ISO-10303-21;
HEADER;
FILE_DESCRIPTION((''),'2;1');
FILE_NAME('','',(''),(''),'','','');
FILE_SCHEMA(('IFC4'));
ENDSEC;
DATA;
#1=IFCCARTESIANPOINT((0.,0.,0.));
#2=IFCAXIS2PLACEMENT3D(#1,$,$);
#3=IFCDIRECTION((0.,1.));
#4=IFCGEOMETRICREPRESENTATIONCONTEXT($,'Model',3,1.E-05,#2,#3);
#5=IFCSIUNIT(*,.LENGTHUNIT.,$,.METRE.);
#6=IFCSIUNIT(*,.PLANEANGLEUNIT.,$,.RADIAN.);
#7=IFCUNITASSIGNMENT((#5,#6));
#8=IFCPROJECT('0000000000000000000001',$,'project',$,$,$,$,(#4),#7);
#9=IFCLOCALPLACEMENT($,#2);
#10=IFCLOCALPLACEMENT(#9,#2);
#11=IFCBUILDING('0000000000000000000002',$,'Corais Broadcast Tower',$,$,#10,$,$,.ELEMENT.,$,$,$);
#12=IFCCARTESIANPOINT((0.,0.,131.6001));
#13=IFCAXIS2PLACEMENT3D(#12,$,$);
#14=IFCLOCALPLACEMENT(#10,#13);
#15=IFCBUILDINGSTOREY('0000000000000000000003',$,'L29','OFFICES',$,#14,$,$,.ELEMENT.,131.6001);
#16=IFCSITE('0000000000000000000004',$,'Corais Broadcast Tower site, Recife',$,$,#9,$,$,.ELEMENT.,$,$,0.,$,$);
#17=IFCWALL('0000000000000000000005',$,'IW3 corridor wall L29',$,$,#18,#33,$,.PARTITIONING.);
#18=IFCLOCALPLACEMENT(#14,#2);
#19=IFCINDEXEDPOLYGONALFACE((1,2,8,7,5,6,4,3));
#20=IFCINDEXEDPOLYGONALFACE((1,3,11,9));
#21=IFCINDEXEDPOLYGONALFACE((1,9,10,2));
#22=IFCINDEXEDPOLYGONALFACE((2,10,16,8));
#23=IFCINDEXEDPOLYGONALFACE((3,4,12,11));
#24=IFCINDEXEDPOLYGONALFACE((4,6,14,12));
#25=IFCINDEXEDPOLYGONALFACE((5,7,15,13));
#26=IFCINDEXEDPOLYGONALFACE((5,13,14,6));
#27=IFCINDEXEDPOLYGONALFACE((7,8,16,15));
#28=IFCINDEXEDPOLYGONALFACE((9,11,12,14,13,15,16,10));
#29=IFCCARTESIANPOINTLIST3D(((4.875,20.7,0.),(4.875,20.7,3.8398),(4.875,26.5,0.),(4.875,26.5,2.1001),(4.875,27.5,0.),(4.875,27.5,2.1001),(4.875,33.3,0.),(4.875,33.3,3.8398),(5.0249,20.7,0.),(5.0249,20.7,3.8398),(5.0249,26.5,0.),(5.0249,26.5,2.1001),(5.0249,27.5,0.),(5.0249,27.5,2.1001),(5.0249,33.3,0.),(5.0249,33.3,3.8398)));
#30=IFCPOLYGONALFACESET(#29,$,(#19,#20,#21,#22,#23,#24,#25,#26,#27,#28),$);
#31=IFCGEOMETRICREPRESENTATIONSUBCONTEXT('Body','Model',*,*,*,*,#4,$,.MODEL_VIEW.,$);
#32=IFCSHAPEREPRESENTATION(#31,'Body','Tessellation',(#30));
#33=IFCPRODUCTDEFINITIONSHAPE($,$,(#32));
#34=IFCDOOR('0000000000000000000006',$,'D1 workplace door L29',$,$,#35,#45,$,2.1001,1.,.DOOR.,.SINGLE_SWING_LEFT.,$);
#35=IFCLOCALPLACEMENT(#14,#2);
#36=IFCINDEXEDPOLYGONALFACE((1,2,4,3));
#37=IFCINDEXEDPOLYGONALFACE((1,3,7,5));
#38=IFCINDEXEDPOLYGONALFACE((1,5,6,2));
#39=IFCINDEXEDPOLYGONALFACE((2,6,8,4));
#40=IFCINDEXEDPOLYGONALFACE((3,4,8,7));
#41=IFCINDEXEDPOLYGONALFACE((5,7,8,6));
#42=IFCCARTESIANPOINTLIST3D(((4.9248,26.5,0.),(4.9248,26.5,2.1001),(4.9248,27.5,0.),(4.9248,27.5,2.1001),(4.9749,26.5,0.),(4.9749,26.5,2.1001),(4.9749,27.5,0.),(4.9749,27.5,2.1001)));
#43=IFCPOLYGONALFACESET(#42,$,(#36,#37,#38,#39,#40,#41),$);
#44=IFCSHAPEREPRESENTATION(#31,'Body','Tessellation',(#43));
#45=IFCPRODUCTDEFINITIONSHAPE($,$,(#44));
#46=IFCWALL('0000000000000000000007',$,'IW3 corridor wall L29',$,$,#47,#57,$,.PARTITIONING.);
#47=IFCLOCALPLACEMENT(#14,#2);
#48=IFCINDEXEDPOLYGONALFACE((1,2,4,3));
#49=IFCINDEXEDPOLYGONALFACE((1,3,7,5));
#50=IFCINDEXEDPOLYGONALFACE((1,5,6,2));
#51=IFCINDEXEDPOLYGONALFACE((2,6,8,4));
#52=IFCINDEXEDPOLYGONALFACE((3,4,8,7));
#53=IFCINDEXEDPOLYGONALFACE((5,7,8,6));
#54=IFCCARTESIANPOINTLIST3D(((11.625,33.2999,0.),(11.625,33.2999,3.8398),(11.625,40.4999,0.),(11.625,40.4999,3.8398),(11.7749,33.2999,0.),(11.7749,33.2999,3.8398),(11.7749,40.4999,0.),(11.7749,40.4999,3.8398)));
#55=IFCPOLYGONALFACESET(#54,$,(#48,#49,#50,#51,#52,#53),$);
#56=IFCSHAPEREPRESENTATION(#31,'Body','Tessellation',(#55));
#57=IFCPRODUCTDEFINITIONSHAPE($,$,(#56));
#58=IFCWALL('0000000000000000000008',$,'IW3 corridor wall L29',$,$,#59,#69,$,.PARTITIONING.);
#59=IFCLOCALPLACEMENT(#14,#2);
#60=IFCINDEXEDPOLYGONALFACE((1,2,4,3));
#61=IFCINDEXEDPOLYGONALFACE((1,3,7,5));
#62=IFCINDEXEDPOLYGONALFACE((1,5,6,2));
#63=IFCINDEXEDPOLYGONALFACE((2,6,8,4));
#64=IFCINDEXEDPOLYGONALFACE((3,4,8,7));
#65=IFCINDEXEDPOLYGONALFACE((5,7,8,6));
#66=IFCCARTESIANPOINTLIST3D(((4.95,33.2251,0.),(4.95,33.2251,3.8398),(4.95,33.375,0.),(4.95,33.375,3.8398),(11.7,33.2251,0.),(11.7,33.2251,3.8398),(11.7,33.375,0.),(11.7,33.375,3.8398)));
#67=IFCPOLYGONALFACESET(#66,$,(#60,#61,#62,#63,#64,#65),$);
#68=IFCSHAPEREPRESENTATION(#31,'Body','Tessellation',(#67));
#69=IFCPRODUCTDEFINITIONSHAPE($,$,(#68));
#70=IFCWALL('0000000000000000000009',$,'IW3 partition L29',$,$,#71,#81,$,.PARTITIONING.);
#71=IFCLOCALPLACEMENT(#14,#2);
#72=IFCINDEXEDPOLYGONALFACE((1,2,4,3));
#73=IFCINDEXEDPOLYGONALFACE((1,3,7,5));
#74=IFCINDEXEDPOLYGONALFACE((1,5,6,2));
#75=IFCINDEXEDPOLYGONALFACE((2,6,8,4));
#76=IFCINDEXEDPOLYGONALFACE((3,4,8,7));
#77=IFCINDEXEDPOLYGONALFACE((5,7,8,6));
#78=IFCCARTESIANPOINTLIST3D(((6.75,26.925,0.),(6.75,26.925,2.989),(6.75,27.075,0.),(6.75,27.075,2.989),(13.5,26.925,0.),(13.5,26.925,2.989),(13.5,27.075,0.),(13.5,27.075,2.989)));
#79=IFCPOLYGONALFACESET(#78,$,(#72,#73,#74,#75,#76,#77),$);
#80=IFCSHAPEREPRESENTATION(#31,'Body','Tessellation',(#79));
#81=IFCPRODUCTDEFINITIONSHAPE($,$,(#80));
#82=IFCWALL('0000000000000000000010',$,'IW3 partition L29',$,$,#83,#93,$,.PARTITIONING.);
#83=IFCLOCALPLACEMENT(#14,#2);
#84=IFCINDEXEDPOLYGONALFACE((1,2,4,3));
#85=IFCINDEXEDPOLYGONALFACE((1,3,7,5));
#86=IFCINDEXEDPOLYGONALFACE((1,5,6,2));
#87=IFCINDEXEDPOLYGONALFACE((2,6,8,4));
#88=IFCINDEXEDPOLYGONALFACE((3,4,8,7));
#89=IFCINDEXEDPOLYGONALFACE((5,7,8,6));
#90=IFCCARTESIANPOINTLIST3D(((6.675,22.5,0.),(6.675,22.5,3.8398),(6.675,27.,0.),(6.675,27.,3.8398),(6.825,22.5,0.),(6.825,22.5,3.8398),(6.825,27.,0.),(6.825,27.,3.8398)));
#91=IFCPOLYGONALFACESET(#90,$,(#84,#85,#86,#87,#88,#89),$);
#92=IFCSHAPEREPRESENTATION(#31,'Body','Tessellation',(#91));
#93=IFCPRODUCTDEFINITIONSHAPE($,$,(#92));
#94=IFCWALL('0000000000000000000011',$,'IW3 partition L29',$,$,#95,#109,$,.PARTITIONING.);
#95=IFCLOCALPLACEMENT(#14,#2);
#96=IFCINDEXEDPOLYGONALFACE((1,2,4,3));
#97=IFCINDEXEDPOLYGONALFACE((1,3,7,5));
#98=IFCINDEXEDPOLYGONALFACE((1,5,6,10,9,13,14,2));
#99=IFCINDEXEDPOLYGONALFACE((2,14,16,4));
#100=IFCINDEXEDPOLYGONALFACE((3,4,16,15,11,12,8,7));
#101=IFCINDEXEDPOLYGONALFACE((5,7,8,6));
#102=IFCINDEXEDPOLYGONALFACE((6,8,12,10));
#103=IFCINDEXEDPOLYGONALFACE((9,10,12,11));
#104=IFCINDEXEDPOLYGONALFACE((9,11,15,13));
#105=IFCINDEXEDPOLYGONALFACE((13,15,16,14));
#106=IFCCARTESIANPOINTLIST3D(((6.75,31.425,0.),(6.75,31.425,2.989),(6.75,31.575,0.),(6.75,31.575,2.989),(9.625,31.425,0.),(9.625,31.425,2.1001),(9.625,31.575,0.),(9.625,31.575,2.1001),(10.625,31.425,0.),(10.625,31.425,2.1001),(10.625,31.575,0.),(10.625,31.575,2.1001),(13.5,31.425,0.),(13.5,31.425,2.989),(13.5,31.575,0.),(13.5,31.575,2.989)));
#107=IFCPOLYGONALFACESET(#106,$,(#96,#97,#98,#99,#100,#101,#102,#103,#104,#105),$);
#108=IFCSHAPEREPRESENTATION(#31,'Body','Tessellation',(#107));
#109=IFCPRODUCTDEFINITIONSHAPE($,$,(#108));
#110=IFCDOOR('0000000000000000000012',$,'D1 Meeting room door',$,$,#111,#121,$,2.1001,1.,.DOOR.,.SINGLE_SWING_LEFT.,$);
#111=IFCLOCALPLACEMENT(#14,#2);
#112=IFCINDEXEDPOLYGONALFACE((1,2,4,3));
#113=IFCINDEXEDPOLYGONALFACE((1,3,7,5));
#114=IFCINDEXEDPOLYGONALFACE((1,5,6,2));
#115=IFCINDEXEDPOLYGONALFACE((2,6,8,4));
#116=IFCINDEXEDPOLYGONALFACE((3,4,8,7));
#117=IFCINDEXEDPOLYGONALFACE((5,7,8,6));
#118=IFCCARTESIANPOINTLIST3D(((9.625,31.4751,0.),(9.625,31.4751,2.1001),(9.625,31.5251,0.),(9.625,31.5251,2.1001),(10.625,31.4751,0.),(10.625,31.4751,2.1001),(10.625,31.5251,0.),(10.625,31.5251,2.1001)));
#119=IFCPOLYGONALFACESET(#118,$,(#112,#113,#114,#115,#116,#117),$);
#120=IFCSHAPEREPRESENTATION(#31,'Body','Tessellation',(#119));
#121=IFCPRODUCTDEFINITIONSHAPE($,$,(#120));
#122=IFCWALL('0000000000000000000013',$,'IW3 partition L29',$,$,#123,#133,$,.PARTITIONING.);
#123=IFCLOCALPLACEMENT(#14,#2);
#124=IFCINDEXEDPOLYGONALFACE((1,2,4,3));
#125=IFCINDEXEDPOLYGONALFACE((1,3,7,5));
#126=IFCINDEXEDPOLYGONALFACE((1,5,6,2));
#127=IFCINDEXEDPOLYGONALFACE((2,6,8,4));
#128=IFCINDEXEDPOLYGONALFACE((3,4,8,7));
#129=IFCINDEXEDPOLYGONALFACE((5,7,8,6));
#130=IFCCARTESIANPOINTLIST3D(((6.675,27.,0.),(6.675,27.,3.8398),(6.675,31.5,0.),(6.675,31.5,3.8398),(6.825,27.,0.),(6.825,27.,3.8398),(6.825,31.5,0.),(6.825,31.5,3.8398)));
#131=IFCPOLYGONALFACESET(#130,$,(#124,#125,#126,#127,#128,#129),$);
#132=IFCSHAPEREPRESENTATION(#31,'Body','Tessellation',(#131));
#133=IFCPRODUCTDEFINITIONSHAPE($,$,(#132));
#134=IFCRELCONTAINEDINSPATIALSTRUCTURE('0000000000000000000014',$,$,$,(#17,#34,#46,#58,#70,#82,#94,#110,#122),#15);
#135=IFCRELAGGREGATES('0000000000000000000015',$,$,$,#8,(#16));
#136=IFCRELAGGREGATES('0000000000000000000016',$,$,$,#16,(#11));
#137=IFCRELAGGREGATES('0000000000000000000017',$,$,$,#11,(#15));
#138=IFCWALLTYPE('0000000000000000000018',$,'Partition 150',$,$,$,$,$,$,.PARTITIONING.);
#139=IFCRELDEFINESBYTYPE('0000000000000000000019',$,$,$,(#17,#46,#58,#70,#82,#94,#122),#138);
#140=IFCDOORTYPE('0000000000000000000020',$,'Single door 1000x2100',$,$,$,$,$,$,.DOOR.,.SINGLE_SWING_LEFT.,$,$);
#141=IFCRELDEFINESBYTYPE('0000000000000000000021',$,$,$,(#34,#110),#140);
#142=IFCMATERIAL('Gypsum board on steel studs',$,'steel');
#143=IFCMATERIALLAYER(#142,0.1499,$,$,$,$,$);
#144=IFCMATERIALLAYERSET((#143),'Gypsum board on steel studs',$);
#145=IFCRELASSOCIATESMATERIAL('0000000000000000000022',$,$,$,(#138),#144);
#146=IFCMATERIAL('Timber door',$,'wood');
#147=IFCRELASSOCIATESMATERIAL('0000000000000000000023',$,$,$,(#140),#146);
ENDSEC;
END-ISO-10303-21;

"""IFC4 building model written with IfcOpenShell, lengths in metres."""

from ifc_helpers import new_model, si_unit, direction, frame, frame_2d, origin, place, context, subcontext, project, spatial, rectangle, extrude, material, layer, layer_set, type_object, element, fill, save


model = new_model("IFC4")

# Units and contexts
model_context = context("Model", 3, precision=1e-05, world=origin(), true_north=direction((0.0, 1.0)))
body_context = subcontext(model_context, "Body", "Model", "MODEL_VIEW")
ifc_project = project(units=[si_unit("LENGTHUNIT", "METRE"), si_unit("PLANEANGLEUNIT", "RADIAN")], contexts=[model_context])

# Site, building, storey
site_placement = place(None, origin())
site = spatial("IfcSite", under=ifc_project, at=site_placement, Name="Corais Broadcast Tower site, Recife", CompositionType="ELEMENT", RefElevation=0.0)
building_placement = place(site_placement, origin())
building = spatial("IfcBuilding", under=site, at=building_placement, Name="Corais Broadcast Tower", CompositionType="ELEMENT")
storey_placement = place(building_placement, frame((0.0, 0.0, 131.6001)))
storey = spatial("IfcBuildingStorey", under=building, at=storey_placement, Name="L29", Description="OFFICES", CompositionType="ELEMENT", Elevation=131.6001)

# Wall, opening, door
ifc_material_1 = material(Name="Gypsum board on steel studs", Category="steel")
ifc_layer_1 = layer(ifc_material_1, 0.1499)
ifc_layer_set_1 = layer_set([ifc_layer_1], Name="Gypsum board on steel studs")
wall_type_1 = type_object("IfcWallType", Name="Partition 150", PredefinedType="PARTITIONING", material=ifc_layer_set_1)
wall_1_placement = place(storey_placement, frame((4.95, 33.3, 0.0), z_axis=(0.0, 0.0, 1.0), x_axis=(0.0, -1.0, 0.0)))
wall_1 = element("IfcWall", 1, at=wall_1_placement, inside=storey, type_object=wall_type_1, Name="IW3 corridor wall L29", PredefinedType="PARTITIONING", context=body_context, shape_type="SweptSolid", body=[
    extrude(rectangle(XDim=12.6001, YDim=0.1499, at=frame_2d((6.3, 0.0))), origin(), (0.0, 0.0, 1.0), 3.8398),
])
opening_1_placement = place(wall_1_placement, frame((5.8, 0.0, 0.0)))
opening_1 = element("IfcOpeningElement", 2, at=opening_1_placement, cuts=wall_1, PredefinedType="OPENING", context=body_context, shape_type="SweptSolid", body=[
    extrude(rectangle(XDim=1.0, YDim=2.1001, at=frame_2d((0.5, 1.05))), frame((0.0, 0.085, 0.0), z_axis=(0.0, -1.0, 0.0), x_axis=(1.0, 0.0, 0.0)), (0.0, 0.0, 1.0), 0.1699),
])
ifc_material_2 = material(Name="Timber door", Category="wood")
door_type_1 = type_object("IfcDoorType", Name="Single door 1000x2100", OperationType="SINGLE_SWING_LEFT", PredefinedType="DOOR", material=ifc_material_2)
door_1_placement = place(opening_1_placement, origin())
door_1 = element("IfcDoor", 3, at=door_1_placement, inside=storey, type_object=door_type_1, Name="D1 workplace door L29", OperationType="SINGLE_SWING_LEFT", OverallHeight=2.1001, OverallWidth=1.0, PredefinedType="DOOR", context=body_context, shape_type="SweptSolid", body=[
    extrude(rectangle(XDim=1.0, YDim=2.1001, at=frame_2d((0.5, 1.05))), frame((0.0, 0.0249, 0.0), z_axis=(0.0, -1.0, 0.0), x_axis=(1.0, 0.0, 0.0)), (0.0, 0.0, 1.0), 0.05),
])
fill(opening_1, door_1)

# Walls
wall_2_placement = place(storey_placement, frame((11.7, 40.5, 0.0), z_axis=(0.0, 0.0, 1.0), x_axis=(0.0, -1.0, 0.0)))
element("IfcWall", 4, at=wall_2_placement, inside=storey, type_object=wall_type_1, Name="IW3 corridor wall L29", PredefinedType="PARTITIONING", context=body_context, shape_type="SweptSolid", body=[
    extrude(rectangle(XDim=7.2, YDim=0.1499, at=frame_2d((3.6001, 0.0))), origin(), (0.0, 0.0, 1.0), 3.8398),
])
wall_3_placement = place(storey_placement, frame((11.7, 33.3, 0.0), z_axis=(0.0, 0.0, 1.0), x_axis=(-1.0, 0.0, 0.0)))
element("IfcWall", 5, at=wall_3_placement, inside=storey, type_object=wall_type_1, Name="IW3 corridor wall L29", PredefinedType="PARTITIONING", context=body_context, shape_type="SweptSolid", body=[
    extrude(rectangle(XDim=6.75, YDim=0.1499, at=frame_2d((3.375, 0.0))), origin(), (0.0, 0.0, 1.0), 3.8398),
])
wall_4_placement = place(storey_placement, frame((13.5, 27.0, 0.0), z_axis=(0.0, 0.0, 1.0), x_axis=(-1.0, 0.0, 0.0)))
element("IfcWall", 6, at=wall_4_placement, inside=storey, type_object=wall_type_1, Name="IW3 partition L29", PredefinedType="PARTITIONING", context=body_context, shape_type="SweptSolid", body=[
    extrude(rectangle(XDim=6.75, YDim=0.1499, at=frame_2d((3.375, 0.0))), origin(), (0.0, 0.0, 1.0), 2.989),
])
wall_5_placement = place(storey_placement, frame((6.75, 27.0, 0.0), z_axis=(0.0, 0.0, 1.0), x_axis=(0.0, -1.0, 0.0)))
element("IfcWall", 7, at=wall_5_placement, inside=storey, type_object=wall_type_1, Name="IW3 partition L29", PredefinedType="PARTITIONING", context=body_context, shape_type="SweptSolid", body=[
    extrude(rectangle(XDim=4.5, YDim=0.1499, at=frame_2d((2.25, 0.0))), origin(), (0.0, 0.0, 1.0), 3.8398),
])

# Wall, opening, door
wall_6_placement = place(storey_placement, frame((13.5, 31.5, 0.0), z_axis=(0.0, 0.0, 1.0), x_axis=(-1.0, 0.0, 0.0)))
wall_6 = element("IfcWall", 8, at=wall_6_placement, inside=storey, type_object=wall_type_1, Name="IW3 partition L29", PredefinedType="PARTITIONING", context=body_context, shape_type="SweptSolid", body=[
    extrude(rectangle(XDim=6.75, YDim=0.1499, at=frame_2d((3.375, 0.0))), origin(), (0.0, 0.0, 1.0), 2.989),
])
opening_2_placement = place(wall_6_placement, frame((2.875, 0.0, 0.0)))
opening_2 = element("IfcOpeningElement", 9, at=opening_2_placement, cuts=wall_6, PredefinedType="OPENING", context=body_context, shape_type="SweptSolid", body=[
    extrude(rectangle(XDim=1.0, YDim=2.1001, at=frame_2d((0.5, 1.05))), frame((0.0, 0.085, 0.0), z_axis=(0.0, -1.0, 0.0), x_axis=(1.0, 0.0, 0.0)), (0.0, 0.0, 1.0), 0.1699),
])
door_2_placement = place(opening_2_placement, origin())
door_2 = element("IfcDoor", 10, at=door_2_placement, inside=storey, type_object=door_type_1, Name="D1 Meeting room door", OperationType="SINGLE_SWING_LEFT", OverallHeight=2.1001, OverallWidth=1.0, PredefinedType="DOOR", context=body_context, shape_type="SweptSolid", body=[
    extrude(rectangle(XDim=1.0, YDim=2.1001, at=frame_2d((0.5, 1.05))), frame((0.0, 0.0249, 0.0), z_axis=(0.0, -1.0, 0.0), x_axis=(1.0, 0.0, 0.0)), (0.0, 0.0, 1.0), 0.05),
])
fill(opening_2, door_2)

# Wall
wall_7_placement = place(storey_placement, frame((6.75, 31.5, 0.0), z_axis=(0.0, 0.0, 1.0), x_axis=(0.0, -1.0, 0.0)))
element("IfcWall", 11, at=wall_7_placement, inside=storey, type_object=wall_type_1, Name="IW3 partition L29", PredefinedType="PARTITIONING", context=body_context, shape_type="SweptSolid", body=[
    extrude(rectangle(XDim=4.5, YDim=0.1499, at=frame_2d((2.25, 0.0))), origin(), (0.0, 0.0, 1.0), 3.8398),
])

save(model, "model.ifc")
